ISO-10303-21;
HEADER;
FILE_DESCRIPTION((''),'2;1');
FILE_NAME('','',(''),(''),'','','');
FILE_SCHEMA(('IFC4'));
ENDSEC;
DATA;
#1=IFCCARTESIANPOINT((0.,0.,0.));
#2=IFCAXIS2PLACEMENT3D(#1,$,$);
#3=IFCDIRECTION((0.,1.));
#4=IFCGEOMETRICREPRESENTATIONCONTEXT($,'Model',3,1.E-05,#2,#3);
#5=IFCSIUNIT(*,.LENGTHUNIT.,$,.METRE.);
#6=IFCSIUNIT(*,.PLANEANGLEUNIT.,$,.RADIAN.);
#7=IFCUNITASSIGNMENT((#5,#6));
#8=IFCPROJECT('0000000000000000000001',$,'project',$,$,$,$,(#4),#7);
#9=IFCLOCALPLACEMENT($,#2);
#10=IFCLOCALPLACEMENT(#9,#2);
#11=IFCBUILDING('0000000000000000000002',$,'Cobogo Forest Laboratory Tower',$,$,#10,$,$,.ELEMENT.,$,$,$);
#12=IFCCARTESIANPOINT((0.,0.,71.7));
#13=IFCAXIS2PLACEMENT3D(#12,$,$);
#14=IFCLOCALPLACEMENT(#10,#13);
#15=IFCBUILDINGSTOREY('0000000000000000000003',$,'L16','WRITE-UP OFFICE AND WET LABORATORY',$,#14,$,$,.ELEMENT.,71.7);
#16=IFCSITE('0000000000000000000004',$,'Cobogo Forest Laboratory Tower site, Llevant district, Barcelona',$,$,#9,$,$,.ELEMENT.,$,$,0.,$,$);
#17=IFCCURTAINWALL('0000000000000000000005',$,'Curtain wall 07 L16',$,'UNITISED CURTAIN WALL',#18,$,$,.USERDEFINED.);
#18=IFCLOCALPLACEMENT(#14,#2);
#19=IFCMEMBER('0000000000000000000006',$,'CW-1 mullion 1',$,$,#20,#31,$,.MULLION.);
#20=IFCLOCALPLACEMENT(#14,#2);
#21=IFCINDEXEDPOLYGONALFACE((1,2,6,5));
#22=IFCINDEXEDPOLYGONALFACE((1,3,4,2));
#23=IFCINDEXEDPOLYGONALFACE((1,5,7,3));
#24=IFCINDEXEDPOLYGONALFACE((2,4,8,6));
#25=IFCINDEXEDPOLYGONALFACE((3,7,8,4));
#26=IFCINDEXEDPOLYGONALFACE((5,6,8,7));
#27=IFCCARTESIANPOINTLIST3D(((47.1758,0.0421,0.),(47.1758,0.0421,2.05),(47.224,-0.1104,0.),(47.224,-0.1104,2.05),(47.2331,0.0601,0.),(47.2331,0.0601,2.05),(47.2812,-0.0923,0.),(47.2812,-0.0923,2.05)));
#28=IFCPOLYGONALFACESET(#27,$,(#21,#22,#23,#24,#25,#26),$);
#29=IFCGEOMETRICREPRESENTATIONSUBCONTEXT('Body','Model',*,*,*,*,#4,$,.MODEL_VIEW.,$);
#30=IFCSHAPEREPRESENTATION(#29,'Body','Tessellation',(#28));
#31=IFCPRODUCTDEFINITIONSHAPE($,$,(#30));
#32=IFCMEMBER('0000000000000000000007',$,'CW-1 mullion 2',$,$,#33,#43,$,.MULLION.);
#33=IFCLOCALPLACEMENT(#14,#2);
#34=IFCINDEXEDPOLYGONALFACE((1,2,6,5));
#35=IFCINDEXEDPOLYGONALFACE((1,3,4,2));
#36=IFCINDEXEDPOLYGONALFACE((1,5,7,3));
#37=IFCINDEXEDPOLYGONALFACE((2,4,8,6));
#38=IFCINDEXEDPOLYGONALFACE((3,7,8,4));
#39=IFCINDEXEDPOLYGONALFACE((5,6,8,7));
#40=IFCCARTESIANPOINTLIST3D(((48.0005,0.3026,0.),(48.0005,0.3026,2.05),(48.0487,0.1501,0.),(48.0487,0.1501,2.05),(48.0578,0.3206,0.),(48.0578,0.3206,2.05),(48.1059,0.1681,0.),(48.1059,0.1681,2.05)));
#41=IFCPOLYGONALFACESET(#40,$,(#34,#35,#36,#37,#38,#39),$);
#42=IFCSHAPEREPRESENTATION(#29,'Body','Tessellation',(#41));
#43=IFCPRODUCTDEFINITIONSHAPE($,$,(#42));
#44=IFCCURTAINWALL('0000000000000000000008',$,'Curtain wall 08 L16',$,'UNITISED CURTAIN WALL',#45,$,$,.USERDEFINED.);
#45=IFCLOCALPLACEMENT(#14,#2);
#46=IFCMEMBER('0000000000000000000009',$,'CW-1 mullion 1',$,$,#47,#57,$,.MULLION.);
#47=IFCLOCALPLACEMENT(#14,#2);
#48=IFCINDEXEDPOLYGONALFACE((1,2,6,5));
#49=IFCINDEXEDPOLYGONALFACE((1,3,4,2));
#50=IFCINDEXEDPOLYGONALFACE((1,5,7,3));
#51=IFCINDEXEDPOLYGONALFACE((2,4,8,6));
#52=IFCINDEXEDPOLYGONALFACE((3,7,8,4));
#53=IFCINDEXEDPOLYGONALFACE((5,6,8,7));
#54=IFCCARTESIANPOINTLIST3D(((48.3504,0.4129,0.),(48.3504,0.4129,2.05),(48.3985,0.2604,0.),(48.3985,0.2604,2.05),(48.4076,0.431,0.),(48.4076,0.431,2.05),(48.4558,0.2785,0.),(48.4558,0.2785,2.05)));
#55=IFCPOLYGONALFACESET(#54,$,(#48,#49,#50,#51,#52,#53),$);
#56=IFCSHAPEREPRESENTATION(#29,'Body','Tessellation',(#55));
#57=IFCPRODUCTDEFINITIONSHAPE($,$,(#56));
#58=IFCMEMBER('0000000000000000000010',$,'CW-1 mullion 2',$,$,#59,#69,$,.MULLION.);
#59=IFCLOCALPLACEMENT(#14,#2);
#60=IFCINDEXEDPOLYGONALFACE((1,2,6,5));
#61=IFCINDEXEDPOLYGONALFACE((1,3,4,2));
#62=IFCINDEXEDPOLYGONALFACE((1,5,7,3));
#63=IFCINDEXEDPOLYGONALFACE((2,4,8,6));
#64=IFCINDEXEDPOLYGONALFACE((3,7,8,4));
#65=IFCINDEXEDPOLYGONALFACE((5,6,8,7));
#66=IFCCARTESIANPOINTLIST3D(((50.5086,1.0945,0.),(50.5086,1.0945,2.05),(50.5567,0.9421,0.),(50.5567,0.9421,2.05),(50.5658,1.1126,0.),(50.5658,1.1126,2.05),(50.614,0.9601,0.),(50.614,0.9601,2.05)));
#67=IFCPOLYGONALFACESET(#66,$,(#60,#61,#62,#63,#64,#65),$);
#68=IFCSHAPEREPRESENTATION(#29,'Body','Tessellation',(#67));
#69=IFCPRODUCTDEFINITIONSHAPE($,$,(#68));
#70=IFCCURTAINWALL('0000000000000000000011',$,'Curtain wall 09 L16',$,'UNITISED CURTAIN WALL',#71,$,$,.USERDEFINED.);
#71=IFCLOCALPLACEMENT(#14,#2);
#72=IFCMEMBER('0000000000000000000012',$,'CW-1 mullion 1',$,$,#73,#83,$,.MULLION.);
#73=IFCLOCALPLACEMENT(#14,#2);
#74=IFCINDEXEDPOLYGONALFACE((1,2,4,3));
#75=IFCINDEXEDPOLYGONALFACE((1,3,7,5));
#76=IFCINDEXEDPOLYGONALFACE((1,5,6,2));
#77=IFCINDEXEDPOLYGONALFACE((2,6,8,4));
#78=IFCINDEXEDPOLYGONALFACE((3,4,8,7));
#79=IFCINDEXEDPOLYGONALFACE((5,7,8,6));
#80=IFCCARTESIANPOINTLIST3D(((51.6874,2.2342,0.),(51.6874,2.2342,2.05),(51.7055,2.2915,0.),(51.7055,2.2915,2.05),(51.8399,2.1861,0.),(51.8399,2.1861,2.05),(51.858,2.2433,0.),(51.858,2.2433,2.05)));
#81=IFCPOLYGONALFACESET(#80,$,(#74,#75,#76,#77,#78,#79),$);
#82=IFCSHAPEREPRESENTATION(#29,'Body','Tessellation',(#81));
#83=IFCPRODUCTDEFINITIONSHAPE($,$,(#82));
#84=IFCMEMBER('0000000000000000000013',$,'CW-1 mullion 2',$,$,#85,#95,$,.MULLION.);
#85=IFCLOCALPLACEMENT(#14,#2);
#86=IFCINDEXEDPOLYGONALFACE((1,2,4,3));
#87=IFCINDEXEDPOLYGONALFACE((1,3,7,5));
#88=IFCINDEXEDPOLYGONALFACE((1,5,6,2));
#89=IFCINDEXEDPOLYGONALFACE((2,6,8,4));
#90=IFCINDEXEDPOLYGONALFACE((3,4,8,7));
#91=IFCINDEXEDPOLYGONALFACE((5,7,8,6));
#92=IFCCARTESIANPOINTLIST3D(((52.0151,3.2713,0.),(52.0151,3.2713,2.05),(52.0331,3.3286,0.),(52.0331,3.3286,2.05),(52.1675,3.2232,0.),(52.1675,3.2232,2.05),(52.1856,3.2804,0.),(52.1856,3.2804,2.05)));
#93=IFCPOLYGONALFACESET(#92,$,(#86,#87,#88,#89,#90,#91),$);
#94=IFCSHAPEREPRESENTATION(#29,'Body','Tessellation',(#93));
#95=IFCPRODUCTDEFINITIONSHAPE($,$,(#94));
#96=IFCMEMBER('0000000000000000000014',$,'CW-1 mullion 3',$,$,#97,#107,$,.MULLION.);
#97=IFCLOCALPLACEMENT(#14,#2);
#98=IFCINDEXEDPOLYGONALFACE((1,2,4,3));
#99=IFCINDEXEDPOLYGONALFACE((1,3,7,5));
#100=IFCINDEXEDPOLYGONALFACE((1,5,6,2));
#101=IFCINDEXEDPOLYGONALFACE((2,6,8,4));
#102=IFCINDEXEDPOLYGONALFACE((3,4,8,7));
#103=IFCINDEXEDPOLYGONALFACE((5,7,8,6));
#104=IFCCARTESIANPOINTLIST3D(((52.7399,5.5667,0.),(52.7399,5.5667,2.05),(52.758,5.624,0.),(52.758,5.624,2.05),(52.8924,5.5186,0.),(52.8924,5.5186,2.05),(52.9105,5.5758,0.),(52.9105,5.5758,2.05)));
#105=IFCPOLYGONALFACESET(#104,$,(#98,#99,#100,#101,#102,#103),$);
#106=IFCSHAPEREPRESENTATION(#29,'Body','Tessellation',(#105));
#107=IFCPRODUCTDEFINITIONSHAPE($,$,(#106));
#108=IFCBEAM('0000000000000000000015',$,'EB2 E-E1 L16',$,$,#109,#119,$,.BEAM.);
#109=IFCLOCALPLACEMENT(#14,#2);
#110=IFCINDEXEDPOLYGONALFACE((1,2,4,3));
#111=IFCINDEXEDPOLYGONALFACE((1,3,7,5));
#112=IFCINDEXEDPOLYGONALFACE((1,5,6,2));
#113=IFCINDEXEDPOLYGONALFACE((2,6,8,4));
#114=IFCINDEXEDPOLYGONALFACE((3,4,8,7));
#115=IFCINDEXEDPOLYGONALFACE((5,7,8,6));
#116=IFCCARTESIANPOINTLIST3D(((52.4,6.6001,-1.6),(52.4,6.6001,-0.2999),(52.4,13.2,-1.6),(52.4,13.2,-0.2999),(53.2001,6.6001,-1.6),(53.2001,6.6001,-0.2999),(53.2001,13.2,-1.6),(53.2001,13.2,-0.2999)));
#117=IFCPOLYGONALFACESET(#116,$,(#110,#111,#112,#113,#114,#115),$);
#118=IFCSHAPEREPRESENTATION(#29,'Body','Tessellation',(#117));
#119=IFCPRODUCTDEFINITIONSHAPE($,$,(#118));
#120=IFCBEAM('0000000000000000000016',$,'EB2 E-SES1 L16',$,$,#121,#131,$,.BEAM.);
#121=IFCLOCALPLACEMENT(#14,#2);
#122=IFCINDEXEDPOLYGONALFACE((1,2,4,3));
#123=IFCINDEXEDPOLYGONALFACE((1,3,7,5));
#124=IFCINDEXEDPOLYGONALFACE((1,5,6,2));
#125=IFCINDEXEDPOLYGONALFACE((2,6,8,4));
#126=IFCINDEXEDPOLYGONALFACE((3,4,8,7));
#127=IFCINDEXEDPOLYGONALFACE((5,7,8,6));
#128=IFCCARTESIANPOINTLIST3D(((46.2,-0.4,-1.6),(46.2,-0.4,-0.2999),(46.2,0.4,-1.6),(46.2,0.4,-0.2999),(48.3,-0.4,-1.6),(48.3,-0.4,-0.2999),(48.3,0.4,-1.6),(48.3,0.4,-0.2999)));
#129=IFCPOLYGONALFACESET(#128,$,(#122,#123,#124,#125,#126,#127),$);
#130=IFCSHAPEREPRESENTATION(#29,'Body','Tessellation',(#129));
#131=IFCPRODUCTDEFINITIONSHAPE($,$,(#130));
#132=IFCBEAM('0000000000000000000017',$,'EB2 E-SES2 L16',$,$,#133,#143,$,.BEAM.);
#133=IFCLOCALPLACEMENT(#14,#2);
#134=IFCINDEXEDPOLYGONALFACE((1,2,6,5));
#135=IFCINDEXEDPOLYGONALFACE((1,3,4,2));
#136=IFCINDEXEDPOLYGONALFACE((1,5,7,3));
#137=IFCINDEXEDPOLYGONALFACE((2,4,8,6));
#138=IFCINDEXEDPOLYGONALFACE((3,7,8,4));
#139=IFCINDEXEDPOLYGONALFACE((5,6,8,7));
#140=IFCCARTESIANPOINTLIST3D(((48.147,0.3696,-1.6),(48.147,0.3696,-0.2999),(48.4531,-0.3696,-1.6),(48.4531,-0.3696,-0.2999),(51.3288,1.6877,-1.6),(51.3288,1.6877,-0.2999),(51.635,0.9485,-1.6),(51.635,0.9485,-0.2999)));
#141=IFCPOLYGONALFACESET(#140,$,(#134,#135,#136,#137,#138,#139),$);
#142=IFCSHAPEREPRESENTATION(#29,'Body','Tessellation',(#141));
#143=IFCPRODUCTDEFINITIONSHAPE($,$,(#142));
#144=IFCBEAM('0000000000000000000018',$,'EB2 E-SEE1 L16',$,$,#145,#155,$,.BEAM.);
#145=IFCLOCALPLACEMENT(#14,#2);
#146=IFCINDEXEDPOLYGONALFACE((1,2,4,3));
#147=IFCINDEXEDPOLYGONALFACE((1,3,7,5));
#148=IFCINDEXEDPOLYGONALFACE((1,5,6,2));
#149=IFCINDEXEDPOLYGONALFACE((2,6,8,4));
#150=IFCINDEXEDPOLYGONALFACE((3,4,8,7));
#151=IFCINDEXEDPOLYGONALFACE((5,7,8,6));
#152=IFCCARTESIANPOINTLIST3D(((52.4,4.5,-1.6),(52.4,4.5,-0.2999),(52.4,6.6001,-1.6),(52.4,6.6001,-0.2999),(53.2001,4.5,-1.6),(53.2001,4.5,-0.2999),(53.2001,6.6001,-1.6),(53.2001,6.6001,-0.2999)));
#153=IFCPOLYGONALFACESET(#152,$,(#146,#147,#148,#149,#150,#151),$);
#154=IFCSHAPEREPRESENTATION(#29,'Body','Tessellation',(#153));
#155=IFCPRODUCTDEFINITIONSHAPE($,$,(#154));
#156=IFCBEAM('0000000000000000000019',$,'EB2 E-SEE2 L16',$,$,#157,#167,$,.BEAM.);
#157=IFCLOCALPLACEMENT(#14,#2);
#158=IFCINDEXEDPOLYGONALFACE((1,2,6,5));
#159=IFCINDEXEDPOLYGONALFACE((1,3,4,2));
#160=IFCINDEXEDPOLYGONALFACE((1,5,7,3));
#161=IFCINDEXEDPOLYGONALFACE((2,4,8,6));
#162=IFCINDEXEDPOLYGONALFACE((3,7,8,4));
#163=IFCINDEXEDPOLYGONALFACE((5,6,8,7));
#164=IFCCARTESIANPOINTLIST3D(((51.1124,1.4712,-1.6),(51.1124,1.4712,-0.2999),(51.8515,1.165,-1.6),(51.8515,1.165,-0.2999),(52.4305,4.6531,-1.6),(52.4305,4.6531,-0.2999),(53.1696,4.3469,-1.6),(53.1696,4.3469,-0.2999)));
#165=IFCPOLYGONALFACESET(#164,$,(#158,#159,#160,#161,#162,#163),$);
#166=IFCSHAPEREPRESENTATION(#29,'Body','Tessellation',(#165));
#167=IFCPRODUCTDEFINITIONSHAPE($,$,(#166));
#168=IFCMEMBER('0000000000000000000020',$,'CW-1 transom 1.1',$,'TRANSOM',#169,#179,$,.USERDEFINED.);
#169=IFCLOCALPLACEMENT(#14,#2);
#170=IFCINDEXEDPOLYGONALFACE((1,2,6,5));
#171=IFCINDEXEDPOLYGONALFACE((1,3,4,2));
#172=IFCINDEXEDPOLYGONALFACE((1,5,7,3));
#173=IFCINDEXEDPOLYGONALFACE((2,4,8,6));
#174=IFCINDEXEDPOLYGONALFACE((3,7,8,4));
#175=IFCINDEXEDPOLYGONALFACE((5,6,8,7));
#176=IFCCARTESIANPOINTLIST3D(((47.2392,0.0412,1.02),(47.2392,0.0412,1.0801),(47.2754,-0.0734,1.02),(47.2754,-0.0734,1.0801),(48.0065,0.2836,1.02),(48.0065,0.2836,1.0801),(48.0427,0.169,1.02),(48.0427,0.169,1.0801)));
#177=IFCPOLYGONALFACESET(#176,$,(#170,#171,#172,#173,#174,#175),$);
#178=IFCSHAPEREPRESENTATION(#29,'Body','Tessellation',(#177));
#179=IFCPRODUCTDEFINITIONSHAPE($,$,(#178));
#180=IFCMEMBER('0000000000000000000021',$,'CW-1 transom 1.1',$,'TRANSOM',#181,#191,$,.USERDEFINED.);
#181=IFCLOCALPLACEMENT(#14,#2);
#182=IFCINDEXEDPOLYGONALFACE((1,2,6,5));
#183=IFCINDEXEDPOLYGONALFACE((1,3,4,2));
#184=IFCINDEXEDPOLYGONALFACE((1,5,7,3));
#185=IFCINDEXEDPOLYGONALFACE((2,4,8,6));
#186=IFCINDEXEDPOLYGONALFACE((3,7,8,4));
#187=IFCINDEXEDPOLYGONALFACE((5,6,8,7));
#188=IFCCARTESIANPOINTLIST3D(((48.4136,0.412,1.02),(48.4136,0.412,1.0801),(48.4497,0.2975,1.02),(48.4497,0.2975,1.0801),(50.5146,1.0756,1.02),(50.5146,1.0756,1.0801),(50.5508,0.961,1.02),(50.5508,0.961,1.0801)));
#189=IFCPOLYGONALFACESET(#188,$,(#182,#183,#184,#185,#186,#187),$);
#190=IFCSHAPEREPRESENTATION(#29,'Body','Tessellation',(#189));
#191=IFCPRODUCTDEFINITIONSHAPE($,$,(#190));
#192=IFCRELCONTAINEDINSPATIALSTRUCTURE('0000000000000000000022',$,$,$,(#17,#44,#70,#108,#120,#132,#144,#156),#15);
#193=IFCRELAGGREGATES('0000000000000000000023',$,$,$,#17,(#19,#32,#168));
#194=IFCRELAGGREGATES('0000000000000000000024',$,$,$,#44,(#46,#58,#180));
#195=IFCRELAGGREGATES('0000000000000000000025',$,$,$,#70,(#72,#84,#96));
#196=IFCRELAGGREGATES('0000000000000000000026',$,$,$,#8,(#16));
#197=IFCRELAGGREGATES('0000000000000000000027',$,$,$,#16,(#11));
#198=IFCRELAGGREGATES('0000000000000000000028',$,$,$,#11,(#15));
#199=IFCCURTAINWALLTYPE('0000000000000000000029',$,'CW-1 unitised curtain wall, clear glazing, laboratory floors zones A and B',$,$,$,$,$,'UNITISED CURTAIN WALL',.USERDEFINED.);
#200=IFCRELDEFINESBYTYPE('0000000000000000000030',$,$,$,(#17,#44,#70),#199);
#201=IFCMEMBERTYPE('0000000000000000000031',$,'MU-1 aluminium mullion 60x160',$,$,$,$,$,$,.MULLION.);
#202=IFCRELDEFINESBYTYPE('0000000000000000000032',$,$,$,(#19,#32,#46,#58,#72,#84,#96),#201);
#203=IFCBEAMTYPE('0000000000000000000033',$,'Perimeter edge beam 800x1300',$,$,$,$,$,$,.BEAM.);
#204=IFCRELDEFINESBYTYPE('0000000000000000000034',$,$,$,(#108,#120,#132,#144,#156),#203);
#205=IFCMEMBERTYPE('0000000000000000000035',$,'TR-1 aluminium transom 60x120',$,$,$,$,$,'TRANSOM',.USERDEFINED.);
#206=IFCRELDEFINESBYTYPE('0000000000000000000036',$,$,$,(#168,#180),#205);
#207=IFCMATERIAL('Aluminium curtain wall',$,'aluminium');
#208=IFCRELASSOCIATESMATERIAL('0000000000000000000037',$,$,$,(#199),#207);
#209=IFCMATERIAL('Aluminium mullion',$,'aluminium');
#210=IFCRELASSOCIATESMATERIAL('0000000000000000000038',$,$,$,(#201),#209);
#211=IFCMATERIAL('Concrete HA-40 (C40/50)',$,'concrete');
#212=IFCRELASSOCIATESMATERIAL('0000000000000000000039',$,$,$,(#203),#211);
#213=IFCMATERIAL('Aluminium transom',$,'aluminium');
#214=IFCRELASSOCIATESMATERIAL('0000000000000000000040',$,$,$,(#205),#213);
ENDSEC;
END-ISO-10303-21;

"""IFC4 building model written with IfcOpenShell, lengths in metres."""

from ifc_helpers import new_model, si_unit, direction, frame, origin, origin_2d, place, context, subcontext, project, spatial, rectangle, extrude, material, material_profile, profile_set, type_object, element, aggregate, save


model = new_model("IFC4")

# Units and contexts
model_context = context("Model", 3, precision=1e-05, world=origin(), true_north=direction((0.0, 1.0)))
body_context = subcontext(model_context, "Body", "Model", "MODEL_VIEW")
ifc_project = project(units=[si_unit("LENGTHUNIT", "METRE"), si_unit("PLANEANGLEUNIT", "RADIAN")], contexts=[model_context])

# Site, building, storey
site_placement = place(None, origin())
site = spatial("IfcSite", under=ifc_project, at=site_placement, Name="Cobogo Forest Laboratory Tower site, Llevant district, Barcelona", CompositionType="ELEMENT", RefElevation=0.0)
building_placement = place(site_placement, origin())
building = spatial("IfcBuilding", under=site, at=building_placement, Name="Cobogo Forest Laboratory Tower", CompositionType="ELEMENT")
storey_placement = place(building_placement, frame((0.0, 0.0, 71.7)))
storey = spatial("IfcBuildingStorey", under=building, at=storey_placement, Name="L16", Description="WRITE-UP OFFICE AND WET LABORATORY", CompositionType="ELEMENT", Elevation=71.7)

# Shared definitions
ifc_material_1 = material(Name="Concrete HA-40 (C40/50)", Category="concrete")

# Shared definitions
ifc_material_2 = material(Name="Aluminium curtain wall", Category="aluminium")
curtain_wall_type = type_object("IfcCurtainWallType", Name="CW-1 unitised curtain wall, clear glazing, laboratory floors zones A and B", ElementType="UNITISED CURTAIN WALL", PredefinedType="USERDEFINED", material=ifc_material_2)
ifc_material_3 = material(Name="Aluminium mullion", Category="aluminium")
ifc_material_profile_1 = material_profile(ifc_material_3, rectangle(XDim=0.0601, YDim=0.1599, at=origin_2d()), Name="AL 60x160")
ifc_profile_set_1 = profile_set([ifc_material_profile_1], Name="Aluminium mullion")
member_type_1 = type_object("IfcMemberType", Name="MU-1 aluminium mullion 60x160", PredefinedType="MULLION", material=ifc_profile_set_1)

# Curtain walls, members
curtain_wall_1_placement = place(storey_placement, origin())
curtain_wall_1 = element("IfcCurtainWall", 1, at=curtain_wall_1_placement, inside=storey, type_object=curtain_wall_type, Name="Curtain wall 07 L16", ObjectType="UNITISED CURTAIN WALL", PredefinedType="USERDEFINED")
member_1_placement = place(storey_placement, frame((47.2285, -0.0251, 0.0), z_axis=(0.0, 0.0, 1.0), x_axis=(0.953581, 0.301135, 0.0)))
member_1 = element("IfcMember", 2, at=member_1_placement, type_object=member_type_1, Name="CW-1 mullion 1", PredefinedType="MULLION", context=body_context, shape_type="SweptSolid", body=[
    extrude(rectangle(XDim=0.0601, YDim=0.1599, at=origin_2d()), origin(), (0.0, 0.0, 1.0), 2.05),
])
member_2_placement = place(storey_placement, frame((48.0532, 0.2354, 0.0), z_axis=(0.0, 0.0, 1.0), x_axis=(0.953581, 0.301135, 0.0)))
member_2 = element("IfcMember", 3, at=member_2_placement, type_object=member_type_1, Name="CW-1 mullion 2", PredefinedType="MULLION", context=body_context, shape_type="SweptSolid", body=[
    extrude(rectangle(XDim=0.0601, YDim=0.1599, at=origin_2d()), origin(), (0.0, 0.0, 1.0), 2.05),
])
curtain_wall_2_placement = place(storey_placement, origin())
curtain_wall_2 = element("IfcCurtainWall", 4, at=curtain_wall_2_placement, inside=storey, type_object=curtain_wall_type, Name="Curtain wall 08 L16", ObjectType="UNITISED CURTAIN WALL", PredefinedType="USERDEFINED")
member_3_placement = place(storey_placement, frame((48.4031, 0.3457, 0.0), z_axis=(0.0, 0.0, 1.0), x_axis=(0.953581, 0.301135, 0.0)))
member_3 = element("IfcMember", 5, at=member_3_placement, type_object=member_type_1, Name="CW-1 mullion 1", PredefinedType="MULLION", context=body_context, shape_type="SweptSolid", body=[
    extrude(rectangle(XDim=0.0601, YDim=0.1599, at=origin_2d()), origin(), (0.0, 0.0, 1.0), 2.05),
])
member_4_placement = place(storey_placement, frame((50.5613, 1.0273, 0.0), z_axis=(0.0, 0.0, 1.0), x_axis=(0.953581, 0.301135, 0.0)))
member_4 = element("IfcMember", 6, at=member_4_placement, type_object=member_type_1, Name="CW-1 mullion 2", PredefinedType="MULLION", context=body_context, shape_type="SweptSolid", body=[
    extrude(rectangle(XDim=0.0601, YDim=0.1599, at=origin_2d()), origin(), (0.0, 0.0, 1.0), 2.05),
])
curtain_wall_3_placement = place(storey_placement, origin())
curtain_wall_3 = element("IfcCurtainWall", 7, at=curtain_wall_3_placement, inside=storey, type_object=curtain_wall_type, Name="Curtain wall 09 L16", ObjectType="UNITISED CURTAIN WALL", PredefinedType="USERDEFINED")
member_5_placement = place(storey_placement, frame((51.7727, 2.2388, 0.0), z_axis=(0.0, 0.0, 1.0), x_axis=(0.301135, 0.953581, 0.0)))
member_5 = element("IfcMember", 8, at=member_5_placement, type_object=member_type_1, Name="CW-1 mullion 1", PredefinedType="MULLION", context=body_context, shape_type="SweptSolid", body=[
    extrude(rectangle(XDim=0.0601, YDim=0.1599, at=origin_2d()), origin(), (0.0, 0.0, 1.0), 2.05),
])
member_6_placement = place(storey_placement, frame((52.1003, 3.2759, 0.0), z_axis=(0.0, 0.0, 1.0), x_axis=(0.301135, 0.953581, 0.0)))
member_6 = element("IfcMember", 9, at=member_6_placement, type_object=member_type_1, Name="CW-1 mullion 2", PredefinedType="MULLION", context=body_context, shape_type="SweptSolid", body=[
    extrude(rectangle(XDim=0.0601, YDim=0.1599, at=origin_2d()), origin(), (0.0, 0.0, 1.0), 2.05),
])
member_7_placement = place(storey_placement, frame((52.8252, 5.5713, 0.0), z_axis=(0.0, 0.0, 1.0), x_axis=(0.301135, 0.953581, 0.0)))
member_7 = element("IfcMember", 10, at=member_7_placement, type_object=member_type_1, Name="CW-1 mullion 3", PredefinedType="MULLION", context=body_context, shape_type="SweptSolid", body=[
    extrude(rectangle(XDim=0.0601, YDim=0.1599, at=origin_2d()), origin(), (0.0, 0.0, 1.0), 2.05),
])

# Beams
ifc_material_profile_2 = material_profile(ifc_material_1, rectangle(XDim=0.8, YDim=1.3, at=origin_2d()), Name="RC 800x1300")
ifc_profile_set_2 = profile_set([ifc_material_profile_2], Name="Concrete HA-40 (C40/50)")
beam_type_1 = type_object("IfcBeamType", Name="Perimeter edge beam 800x1300", PredefinedType="BEAM", material=ifc_profile_set_2)
beam_1_placement = place(storey_placement, frame((52.8, 6.6001, -0.95), z_axis=(0.0, 1.0, 0.0), x_axis=(-1.0, 0.0, 0.0)))
element("IfcBeam", 11, at=beam_1_placement, inside=storey, type_object=beam_type_1, Name="EB2 E-E1 L16", PredefinedType="BEAM", context=body_context, shape_type="SweptSolid", body=[
    extrude(rectangle(XDim=0.8, YDim=1.3, at=origin_2d()), origin(), (0.0, 0.0, 1.0), 6.5999),
])
beam_2_placement = place(storey_placement, frame((46.2, 0.0, -0.95), z_axis=(1.0, 0.0, 0.0), x_axis=(0.0, 1.0, 0.0)))
element("IfcBeam", 12, at=beam_2_placement, inside=storey, type_object=beam_type_1, Name="EB2 E-SES1 L16", PredefinedType="BEAM", context=body_context, shape_type="SweptSolid", body=[
    extrude(rectangle(XDim=0.8, YDim=1.3, at=origin_2d()), origin(), (0.0, 0.0, 1.0), 2.1001),
])
beam_3_placement = place(storey_placement, frame((48.3, 0.0, -0.95), z_axis=(0.923866, 0.382717, 0.0), x_axis=(-0.382717, 0.923866, 0.0)))
element("IfcBeam", 13, at=beam_3_placement, inside=storey, type_object=beam_type_1, Name="EB2 E-SES2 L16", PredefinedType="BEAM", context=body_context, shape_type="SweptSolid", body=[
    extrude(rectangle(XDim=0.8, YDim=1.3, at=origin_2d()), origin(), (0.0, 0.0, 1.0), 3.4441),
])
beam_4_placement = place(storey_placement, frame((52.8, 6.6001, -0.95), z_axis=(0.0, -1.0, 0.0), x_axis=(1.0, 0.0, 0.0)))
element("IfcBeam", 14, at=beam_4_placement, inside=storey, type_object=beam_type_1, Name="EB2 E-SEE1 L16", PredefinedType="BEAM", context=body_context, shape_type="SweptSolid", body=[
    extrude(rectangle(XDim=0.8, YDim=1.3, at=origin_2d()), origin(), (0.0, 0.0, 1.0), 2.1001),
])
beam_5_placement = place(storey_placement, frame((52.8, 4.5, -0.95), z_axis=(-0.382717, -0.923866, 0.0), x_axis=(0.923866, -0.382717, 0.0)))
element("IfcBeam", 15, at=beam_5_placement, inside=storey, type_object=beam_type_1, Name="EB2 E-SEE2 L16", PredefinedType="BEAM", context=body_context, shape_type="SweptSolid", body=[
    extrude(rectangle(XDim=0.8, YDim=1.3, at=origin_2d()), origin(), (0.0, 0.0, 1.0), 3.4441),
])

# Members
ifc_material_4 = material(Name="Aluminium transom", Category="aluminium")
ifc_material_profile_3 = material_profile(ifc_material_4, rectangle(XDim=0.1201, YDim=0.0601, at=origin_2d()), Name="AL 60x120")
ifc_profile_set_3 = profile_set([ifc_material_profile_3], Name="Aluminium transom")
member_type_2 = type_object("IfcMemberType", Name="TR-1 aluminium transom 60x120", ElementType="TRANSOM", PredefinedType="USERDEFINED", material=ifc_profile_set_3)
member_8_placement = place(storey_placement, frame((47.2573, -0.0161, 1.05), z_axis=(0.953541, 0.301262, 0.0), x_axis=(-0.301262, 0.953541, 0.0)))
member_8 = element("IfcMember", 16, at=member_8_placement, type_object=member_type_2, Name="CW-1 transom 1.1", ObjectType="TRANSOM", PredefinedType="USERDEFINED", context=body_context, shape_type="SweptSolid", body=[
    extrude(rectangle(XDim=0.1201, YDim=0.0601, at=origin_2d()), origin(), (0.0, 0.0, 1.0), 0.8047),
])
member_9_placement = place(storey_placement, frame((48.4316, 0.3547, 1.05), z_axis=(0.953573, 0.301163, 0.0), x_axis=(-0.301163, 0.953573, 0.0)))
member_9 = element("IfcMember", 17, at=member_9_placement, type_object=member_type_2, Name="CW-1 transom 1.1", ObjectType="TRANSOM", PredefinedType="USERDEFINED", context=body_context, shape_type="SweptSolid", body=[
    extrude(rectangle(XDim=0.1201, YDim=0.0601, at=origin_2d()), origin(), (0.0, 0.0, 1.0), 2.2034),
])

aggregate(curtain_wall_1, [member_1, member_2, member_8])
aggregate(curtain_wall_2, [member_3, member_4, member_9])
aggregate(curtain_wall_3, [member_5, member_6, member_7])

save(model, "model.ifc")
